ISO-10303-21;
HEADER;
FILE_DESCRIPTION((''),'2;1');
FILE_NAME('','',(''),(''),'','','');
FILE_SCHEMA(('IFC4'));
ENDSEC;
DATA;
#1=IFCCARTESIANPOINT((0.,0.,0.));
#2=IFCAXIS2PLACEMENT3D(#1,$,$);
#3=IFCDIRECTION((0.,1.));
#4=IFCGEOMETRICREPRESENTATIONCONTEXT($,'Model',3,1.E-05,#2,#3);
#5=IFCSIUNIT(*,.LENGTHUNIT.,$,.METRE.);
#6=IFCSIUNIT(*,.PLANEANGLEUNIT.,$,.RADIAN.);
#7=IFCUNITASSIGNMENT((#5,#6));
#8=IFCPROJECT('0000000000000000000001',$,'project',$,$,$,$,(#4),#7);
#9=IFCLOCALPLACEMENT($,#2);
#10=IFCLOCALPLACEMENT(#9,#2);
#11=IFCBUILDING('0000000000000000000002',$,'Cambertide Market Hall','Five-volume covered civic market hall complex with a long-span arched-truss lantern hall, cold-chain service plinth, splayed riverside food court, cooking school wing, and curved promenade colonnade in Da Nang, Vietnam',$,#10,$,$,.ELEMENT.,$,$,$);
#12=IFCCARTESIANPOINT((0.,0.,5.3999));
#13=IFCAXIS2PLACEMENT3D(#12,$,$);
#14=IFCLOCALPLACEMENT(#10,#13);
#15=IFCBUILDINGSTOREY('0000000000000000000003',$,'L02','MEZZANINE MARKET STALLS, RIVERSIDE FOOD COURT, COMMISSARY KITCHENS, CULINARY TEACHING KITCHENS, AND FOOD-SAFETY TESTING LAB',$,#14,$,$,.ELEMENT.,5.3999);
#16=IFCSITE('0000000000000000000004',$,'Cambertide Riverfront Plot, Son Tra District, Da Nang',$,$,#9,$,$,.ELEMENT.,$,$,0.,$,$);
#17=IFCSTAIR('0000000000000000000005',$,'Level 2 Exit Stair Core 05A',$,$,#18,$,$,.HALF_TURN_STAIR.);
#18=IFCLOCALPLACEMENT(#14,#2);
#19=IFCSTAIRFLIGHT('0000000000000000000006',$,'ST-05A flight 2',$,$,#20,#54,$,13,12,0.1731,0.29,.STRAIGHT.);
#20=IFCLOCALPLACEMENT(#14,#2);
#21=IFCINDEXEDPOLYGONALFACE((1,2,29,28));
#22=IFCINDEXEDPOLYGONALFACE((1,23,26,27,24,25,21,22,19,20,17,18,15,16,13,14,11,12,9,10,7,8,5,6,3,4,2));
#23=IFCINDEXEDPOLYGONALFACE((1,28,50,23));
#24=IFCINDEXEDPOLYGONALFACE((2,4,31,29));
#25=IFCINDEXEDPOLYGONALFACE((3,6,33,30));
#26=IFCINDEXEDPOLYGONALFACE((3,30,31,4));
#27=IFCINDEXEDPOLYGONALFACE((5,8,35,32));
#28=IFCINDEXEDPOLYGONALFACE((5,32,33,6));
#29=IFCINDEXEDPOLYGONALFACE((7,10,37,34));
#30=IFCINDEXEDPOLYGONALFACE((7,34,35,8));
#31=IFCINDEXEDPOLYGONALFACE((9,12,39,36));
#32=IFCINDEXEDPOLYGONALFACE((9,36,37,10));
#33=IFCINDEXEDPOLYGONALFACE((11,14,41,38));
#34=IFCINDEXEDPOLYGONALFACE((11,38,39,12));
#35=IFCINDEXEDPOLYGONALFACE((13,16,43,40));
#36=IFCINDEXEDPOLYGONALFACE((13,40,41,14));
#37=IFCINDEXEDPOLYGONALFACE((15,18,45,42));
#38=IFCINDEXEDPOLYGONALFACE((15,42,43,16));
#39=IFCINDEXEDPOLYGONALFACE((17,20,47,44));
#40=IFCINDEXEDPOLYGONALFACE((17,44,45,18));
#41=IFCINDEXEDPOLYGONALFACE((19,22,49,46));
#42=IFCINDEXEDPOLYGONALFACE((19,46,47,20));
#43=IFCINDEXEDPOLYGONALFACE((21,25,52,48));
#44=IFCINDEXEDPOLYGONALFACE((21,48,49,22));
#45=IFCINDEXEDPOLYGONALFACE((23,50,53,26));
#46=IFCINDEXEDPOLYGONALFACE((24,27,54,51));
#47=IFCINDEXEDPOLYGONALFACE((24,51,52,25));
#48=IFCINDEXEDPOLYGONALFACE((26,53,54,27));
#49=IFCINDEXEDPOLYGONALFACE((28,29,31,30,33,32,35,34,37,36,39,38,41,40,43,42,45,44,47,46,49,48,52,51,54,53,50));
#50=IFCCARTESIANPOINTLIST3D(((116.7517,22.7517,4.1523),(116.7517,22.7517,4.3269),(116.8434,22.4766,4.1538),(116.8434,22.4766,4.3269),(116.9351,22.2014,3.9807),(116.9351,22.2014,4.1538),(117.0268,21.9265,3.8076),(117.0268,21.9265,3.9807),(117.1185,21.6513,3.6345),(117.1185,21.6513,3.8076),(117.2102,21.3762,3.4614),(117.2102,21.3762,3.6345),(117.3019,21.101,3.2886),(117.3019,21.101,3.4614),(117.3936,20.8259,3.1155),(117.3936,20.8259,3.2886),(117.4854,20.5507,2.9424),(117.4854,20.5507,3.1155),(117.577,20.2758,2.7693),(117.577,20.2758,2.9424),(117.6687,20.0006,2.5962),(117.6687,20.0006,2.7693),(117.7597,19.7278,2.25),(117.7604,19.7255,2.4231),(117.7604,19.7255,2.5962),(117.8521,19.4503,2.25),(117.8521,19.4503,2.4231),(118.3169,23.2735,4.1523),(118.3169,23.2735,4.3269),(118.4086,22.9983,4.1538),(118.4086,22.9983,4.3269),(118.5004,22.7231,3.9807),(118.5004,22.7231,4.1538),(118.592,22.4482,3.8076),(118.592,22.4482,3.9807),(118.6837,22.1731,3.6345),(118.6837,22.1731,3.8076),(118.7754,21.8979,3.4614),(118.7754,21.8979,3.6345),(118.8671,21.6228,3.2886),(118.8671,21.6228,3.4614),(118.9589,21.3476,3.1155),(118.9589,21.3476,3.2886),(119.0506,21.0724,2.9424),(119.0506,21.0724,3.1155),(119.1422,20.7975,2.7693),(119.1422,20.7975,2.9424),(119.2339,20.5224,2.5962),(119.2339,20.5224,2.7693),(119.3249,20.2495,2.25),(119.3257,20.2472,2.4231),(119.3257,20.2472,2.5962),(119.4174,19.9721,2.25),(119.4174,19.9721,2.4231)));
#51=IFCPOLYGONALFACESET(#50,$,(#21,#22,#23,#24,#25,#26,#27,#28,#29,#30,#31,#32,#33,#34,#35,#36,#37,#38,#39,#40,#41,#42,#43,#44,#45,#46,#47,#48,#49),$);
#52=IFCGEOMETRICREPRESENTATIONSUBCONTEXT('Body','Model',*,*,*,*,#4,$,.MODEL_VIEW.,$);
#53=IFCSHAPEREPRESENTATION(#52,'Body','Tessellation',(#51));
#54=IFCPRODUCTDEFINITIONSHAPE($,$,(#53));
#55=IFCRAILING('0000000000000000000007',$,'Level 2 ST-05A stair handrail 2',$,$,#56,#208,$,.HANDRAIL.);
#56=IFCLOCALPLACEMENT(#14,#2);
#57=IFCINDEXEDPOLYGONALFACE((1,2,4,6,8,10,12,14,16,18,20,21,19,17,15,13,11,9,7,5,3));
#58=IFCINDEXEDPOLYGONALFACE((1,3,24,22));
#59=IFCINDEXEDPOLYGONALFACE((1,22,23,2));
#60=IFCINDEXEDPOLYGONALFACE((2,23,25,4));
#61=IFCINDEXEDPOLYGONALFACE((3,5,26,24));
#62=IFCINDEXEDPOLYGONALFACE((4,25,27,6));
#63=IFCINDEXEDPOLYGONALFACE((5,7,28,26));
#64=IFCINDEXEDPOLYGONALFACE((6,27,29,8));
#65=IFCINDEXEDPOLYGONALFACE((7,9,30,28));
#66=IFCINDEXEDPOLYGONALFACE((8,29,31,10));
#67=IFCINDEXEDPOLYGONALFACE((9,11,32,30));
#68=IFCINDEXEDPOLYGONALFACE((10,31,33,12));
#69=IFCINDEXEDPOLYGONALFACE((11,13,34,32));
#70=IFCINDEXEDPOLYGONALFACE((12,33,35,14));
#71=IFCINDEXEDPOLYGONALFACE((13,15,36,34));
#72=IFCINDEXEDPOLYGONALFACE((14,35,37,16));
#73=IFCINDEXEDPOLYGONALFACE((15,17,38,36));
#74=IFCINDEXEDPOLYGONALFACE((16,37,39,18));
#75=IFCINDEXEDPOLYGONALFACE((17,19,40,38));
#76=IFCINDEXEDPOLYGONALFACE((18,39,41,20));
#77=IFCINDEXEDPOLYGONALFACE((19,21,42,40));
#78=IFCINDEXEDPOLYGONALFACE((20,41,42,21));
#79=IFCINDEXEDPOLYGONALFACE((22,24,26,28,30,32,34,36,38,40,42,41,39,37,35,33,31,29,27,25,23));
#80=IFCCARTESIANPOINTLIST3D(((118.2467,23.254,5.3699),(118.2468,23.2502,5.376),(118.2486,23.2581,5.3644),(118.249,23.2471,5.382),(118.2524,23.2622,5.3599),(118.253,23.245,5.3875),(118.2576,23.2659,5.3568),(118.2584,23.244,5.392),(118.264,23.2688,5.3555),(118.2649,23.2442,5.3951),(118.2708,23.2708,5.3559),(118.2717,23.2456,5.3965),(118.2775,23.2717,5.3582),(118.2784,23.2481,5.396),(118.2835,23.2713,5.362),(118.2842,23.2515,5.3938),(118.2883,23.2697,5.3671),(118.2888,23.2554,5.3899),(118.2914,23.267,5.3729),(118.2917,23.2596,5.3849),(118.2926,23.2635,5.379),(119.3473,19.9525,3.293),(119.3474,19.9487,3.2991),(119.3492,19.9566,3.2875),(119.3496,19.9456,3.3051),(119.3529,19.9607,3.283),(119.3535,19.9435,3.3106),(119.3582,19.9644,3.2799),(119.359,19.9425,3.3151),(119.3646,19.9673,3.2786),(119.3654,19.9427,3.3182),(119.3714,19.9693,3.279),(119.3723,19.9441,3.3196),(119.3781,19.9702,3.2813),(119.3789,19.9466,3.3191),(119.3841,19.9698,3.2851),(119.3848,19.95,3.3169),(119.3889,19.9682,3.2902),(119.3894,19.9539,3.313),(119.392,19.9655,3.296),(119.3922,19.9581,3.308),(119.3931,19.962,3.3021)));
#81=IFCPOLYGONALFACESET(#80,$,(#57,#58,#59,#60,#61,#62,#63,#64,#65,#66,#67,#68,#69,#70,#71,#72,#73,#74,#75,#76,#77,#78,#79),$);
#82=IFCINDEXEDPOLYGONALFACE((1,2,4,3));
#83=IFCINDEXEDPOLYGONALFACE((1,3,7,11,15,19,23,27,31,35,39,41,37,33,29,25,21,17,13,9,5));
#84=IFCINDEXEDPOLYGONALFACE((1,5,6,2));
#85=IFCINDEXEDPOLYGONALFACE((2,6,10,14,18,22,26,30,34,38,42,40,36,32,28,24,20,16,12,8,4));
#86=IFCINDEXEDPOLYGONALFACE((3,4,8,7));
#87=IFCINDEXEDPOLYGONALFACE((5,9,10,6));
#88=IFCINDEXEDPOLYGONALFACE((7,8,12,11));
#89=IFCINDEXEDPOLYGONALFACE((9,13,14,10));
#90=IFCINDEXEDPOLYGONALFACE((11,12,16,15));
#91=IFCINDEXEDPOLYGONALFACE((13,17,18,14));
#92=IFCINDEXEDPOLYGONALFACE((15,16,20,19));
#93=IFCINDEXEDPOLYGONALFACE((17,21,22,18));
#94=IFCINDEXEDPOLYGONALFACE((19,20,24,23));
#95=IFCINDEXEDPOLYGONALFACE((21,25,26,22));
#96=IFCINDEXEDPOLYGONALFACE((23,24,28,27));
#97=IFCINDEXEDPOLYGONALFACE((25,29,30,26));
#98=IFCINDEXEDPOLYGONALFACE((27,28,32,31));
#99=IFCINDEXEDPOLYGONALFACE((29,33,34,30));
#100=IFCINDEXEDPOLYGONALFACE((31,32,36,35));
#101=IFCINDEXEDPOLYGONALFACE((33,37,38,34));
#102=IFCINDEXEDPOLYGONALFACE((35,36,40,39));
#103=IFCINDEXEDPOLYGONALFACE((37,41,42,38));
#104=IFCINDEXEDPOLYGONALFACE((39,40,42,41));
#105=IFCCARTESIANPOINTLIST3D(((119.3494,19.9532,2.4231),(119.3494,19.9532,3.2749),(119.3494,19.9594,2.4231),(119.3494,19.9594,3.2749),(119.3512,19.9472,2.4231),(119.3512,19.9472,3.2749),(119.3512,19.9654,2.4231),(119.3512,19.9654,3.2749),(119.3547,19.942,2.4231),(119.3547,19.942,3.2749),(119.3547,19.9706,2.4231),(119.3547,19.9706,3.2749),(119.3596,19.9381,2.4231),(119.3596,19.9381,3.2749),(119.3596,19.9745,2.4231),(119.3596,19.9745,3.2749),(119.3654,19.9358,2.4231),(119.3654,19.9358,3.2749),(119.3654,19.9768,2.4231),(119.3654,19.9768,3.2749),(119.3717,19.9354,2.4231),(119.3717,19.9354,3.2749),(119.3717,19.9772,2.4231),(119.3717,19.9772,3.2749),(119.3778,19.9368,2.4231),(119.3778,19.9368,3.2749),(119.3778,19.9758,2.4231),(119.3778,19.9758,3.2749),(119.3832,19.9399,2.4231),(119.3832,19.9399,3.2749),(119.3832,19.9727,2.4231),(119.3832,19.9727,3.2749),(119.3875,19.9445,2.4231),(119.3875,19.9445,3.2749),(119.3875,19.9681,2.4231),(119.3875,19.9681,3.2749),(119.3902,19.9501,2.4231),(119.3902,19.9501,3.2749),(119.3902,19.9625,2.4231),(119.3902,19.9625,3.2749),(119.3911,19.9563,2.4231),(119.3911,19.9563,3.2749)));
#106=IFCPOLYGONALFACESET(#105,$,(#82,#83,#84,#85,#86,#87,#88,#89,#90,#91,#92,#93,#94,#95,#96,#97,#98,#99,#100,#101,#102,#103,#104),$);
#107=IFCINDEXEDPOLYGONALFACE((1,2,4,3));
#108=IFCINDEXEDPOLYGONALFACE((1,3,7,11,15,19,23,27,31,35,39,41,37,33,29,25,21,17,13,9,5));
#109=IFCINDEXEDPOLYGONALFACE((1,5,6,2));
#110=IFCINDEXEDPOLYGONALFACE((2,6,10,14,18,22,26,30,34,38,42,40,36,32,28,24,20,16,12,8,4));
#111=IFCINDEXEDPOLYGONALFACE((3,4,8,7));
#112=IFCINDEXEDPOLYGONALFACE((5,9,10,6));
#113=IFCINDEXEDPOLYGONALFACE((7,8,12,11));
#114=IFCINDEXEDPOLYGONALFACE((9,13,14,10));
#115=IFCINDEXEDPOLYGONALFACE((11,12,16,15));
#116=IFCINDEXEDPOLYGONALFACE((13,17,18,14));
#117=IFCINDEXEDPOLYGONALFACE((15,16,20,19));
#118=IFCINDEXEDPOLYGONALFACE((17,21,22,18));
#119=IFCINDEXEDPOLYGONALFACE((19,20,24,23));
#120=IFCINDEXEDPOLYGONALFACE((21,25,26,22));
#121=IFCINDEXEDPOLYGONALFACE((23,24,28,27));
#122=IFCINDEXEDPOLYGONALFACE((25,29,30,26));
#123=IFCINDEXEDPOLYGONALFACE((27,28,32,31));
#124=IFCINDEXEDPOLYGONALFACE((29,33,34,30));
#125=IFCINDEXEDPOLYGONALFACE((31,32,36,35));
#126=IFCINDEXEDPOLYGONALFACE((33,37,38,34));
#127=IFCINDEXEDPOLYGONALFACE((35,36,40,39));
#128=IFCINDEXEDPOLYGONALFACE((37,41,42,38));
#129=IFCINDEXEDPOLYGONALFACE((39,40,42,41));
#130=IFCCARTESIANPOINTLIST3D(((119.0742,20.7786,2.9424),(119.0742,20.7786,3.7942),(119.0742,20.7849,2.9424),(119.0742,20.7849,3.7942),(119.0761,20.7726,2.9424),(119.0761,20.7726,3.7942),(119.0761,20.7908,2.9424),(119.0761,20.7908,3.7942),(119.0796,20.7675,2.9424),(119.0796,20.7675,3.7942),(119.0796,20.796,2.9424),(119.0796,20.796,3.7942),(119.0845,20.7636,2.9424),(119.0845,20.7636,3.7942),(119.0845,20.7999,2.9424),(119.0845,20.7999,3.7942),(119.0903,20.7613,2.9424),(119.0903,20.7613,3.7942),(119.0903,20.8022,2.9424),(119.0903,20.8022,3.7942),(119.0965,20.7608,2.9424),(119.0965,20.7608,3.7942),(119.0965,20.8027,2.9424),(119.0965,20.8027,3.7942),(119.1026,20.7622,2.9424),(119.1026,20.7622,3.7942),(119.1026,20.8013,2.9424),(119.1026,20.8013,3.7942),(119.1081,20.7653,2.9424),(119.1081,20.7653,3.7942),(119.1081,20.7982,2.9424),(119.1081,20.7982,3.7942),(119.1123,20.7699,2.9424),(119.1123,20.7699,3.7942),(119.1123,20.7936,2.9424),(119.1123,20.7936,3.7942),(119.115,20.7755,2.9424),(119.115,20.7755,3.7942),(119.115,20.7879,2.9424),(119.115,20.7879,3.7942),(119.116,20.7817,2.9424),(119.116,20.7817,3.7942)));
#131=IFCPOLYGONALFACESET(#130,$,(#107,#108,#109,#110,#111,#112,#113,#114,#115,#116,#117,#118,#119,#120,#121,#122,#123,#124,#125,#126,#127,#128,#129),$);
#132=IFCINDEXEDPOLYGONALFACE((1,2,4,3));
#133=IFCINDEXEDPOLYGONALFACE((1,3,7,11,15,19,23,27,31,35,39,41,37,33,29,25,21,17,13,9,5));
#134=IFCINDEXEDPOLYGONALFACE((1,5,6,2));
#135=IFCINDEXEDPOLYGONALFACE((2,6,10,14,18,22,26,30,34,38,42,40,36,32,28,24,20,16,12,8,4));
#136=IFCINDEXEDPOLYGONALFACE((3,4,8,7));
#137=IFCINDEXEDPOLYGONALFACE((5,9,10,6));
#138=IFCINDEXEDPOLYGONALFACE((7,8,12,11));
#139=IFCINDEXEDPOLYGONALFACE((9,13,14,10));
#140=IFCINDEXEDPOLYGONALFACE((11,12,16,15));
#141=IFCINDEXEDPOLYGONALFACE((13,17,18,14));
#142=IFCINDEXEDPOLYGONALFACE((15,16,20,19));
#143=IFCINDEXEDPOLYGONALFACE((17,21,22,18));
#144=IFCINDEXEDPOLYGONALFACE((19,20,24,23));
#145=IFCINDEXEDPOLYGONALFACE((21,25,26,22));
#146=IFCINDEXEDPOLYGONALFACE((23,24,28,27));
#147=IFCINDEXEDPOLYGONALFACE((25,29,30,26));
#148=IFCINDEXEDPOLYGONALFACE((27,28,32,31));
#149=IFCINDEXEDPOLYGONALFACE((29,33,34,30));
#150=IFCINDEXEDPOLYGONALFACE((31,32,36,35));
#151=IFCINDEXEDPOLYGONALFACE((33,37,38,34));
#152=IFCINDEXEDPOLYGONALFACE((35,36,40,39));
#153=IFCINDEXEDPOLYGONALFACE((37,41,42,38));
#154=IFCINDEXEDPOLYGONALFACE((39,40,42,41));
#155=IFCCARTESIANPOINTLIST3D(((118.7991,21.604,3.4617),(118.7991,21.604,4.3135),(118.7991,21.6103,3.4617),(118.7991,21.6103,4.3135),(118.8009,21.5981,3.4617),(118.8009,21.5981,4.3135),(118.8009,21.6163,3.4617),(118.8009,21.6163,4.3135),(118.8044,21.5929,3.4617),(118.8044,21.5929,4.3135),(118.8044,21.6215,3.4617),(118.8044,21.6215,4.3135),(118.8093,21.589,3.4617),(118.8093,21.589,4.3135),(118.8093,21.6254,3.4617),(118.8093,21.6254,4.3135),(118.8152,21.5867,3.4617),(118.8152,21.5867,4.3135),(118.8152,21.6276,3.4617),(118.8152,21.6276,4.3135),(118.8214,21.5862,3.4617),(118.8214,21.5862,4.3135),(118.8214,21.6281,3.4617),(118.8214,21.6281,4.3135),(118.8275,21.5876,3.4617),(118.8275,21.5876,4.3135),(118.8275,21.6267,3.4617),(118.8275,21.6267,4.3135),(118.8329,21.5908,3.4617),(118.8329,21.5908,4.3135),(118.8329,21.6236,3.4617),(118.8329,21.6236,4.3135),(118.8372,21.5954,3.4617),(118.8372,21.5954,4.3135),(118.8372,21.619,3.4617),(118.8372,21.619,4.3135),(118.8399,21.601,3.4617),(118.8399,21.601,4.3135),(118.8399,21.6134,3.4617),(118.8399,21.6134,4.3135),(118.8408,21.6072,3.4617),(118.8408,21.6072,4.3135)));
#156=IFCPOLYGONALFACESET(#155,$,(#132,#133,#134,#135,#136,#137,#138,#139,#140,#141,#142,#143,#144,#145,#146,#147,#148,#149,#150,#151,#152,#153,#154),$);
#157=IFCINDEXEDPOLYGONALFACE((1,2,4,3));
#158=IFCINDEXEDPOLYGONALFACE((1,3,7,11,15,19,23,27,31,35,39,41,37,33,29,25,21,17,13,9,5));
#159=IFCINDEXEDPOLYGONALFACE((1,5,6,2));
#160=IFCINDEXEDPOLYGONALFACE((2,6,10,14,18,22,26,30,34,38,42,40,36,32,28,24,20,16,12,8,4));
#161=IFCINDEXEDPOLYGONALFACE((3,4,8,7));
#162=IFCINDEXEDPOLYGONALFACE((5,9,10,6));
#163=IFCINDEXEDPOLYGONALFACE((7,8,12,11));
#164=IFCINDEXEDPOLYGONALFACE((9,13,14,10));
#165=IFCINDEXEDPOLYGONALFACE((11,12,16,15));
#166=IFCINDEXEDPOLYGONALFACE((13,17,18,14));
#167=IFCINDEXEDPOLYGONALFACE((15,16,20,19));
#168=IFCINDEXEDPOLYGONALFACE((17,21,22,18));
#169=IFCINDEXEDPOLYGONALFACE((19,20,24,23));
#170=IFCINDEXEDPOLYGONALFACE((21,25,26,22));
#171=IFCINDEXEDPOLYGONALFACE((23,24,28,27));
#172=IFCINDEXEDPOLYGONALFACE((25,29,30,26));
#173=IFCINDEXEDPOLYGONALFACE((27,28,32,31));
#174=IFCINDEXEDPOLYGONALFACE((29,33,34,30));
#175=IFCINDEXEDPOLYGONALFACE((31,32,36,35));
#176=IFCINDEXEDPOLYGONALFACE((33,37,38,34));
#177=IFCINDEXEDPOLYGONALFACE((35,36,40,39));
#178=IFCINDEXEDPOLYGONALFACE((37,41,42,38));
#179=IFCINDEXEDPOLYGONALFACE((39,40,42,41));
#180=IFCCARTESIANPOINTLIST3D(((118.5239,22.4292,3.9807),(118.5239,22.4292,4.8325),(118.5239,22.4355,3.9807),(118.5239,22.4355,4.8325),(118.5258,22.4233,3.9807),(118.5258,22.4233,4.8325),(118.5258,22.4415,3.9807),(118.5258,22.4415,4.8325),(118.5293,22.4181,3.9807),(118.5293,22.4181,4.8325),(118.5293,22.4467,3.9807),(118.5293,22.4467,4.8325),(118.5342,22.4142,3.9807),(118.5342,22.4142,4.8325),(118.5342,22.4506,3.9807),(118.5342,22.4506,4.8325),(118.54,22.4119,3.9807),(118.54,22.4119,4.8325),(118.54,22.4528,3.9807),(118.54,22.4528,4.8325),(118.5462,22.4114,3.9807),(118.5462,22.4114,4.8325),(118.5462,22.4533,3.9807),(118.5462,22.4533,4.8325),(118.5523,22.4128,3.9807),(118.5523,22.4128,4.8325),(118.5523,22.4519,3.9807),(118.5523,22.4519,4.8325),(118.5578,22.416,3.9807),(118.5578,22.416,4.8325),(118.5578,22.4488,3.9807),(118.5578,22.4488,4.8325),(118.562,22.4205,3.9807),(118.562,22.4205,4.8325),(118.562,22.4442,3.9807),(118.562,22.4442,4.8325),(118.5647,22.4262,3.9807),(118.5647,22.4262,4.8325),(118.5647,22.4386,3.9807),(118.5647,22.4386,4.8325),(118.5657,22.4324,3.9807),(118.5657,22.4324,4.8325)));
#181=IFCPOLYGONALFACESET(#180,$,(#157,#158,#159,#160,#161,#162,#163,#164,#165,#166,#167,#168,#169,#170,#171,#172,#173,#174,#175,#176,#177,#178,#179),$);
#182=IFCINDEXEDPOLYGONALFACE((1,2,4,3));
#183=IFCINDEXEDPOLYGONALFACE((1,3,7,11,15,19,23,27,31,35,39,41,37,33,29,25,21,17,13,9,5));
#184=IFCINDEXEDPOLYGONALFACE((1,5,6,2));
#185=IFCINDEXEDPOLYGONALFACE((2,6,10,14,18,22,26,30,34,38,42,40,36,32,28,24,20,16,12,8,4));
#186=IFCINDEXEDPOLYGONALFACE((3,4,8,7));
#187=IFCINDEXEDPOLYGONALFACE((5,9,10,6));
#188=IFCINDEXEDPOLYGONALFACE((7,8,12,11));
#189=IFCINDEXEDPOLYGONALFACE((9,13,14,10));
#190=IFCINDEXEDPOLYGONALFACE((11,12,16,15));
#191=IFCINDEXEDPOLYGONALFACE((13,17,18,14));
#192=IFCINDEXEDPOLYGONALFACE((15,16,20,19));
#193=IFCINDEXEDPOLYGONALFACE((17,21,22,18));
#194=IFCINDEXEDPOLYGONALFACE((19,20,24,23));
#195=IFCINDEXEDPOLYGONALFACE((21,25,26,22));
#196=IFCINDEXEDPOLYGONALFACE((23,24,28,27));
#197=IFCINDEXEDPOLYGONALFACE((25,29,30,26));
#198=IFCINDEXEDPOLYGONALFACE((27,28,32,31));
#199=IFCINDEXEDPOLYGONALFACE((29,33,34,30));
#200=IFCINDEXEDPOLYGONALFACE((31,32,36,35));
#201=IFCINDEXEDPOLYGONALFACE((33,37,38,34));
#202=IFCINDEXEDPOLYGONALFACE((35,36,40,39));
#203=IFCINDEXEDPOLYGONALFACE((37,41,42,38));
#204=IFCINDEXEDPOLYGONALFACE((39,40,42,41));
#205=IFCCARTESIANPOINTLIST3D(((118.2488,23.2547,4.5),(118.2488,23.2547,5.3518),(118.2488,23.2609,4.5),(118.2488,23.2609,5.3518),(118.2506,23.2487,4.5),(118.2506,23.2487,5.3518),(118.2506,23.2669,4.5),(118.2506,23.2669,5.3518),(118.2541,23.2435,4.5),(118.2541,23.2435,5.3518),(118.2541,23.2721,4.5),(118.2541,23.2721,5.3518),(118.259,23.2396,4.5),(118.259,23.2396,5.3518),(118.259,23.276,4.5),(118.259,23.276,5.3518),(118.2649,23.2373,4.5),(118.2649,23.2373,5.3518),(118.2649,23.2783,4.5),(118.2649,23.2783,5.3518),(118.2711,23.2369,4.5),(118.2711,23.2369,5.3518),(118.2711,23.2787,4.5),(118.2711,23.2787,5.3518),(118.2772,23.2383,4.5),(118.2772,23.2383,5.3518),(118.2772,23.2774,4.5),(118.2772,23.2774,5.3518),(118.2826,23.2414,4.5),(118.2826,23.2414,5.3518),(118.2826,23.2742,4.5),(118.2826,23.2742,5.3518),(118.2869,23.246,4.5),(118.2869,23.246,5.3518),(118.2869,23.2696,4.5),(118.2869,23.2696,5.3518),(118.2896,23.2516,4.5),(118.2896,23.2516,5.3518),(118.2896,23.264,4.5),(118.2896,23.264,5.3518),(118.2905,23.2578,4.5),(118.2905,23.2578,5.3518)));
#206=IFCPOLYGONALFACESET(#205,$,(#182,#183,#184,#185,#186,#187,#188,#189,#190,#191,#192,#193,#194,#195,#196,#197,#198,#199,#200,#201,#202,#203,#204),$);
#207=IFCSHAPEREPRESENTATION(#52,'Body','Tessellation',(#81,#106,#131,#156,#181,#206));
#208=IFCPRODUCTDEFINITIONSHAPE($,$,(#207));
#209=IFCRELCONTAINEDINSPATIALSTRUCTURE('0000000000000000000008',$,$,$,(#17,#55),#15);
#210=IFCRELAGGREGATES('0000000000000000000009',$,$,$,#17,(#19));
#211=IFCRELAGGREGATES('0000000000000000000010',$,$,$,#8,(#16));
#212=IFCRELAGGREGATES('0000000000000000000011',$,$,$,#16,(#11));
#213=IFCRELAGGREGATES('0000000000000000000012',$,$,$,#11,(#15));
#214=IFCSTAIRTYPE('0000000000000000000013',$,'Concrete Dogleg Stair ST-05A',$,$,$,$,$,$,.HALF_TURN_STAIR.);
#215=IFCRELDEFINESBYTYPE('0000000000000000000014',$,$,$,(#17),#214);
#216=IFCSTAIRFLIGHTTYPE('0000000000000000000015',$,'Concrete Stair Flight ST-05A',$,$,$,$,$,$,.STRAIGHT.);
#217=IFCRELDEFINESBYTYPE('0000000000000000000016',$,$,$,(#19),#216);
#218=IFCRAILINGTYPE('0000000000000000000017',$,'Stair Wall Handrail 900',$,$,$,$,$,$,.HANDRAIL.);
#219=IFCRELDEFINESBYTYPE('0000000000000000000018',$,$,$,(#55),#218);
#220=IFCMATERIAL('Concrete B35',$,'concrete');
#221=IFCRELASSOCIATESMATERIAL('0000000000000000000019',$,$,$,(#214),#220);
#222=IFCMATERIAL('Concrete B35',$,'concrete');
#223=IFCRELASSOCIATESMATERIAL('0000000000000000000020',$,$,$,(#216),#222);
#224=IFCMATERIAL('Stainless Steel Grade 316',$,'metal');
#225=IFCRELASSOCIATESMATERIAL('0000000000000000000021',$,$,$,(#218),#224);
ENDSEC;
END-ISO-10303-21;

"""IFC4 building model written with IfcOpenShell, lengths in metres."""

from ifc_helpers import new_model, si_unit, direction, frame, origin, origin_2d, place, context, subcontext, project, spatial, polyline, circle, outline, extrude, material, type_object, element, aggregate, save


model = new_model("IFC4")

# Units and contexts
model_context = context("Model", 3, precision=1e-05, world=origin(), true_north=direction((0.0, 1.0)))
body_context = subcontext(model_context, "Body", "Model", "MODEL_VIEW")
ifc_project = project(units=[si_unit("LENGTHUNIT", "METRE"), si_unit("PLANEANGLEUNIT", "RADIAN")], contexts=[model_context])

# Site, building, storey
site_placement = place(None, origin())
site = spatial("IfcSite", under=ifc_project, at=site_placement, Name="Cambertide Riverfront Plot, Son Tra District, Da Nang", CompositionType="ELEMENT", RefElevation=0.0)
building_placement = place(site_placement, origin())
building = spatial("IfcBuilding", under=site, at=building_placement, Name="Cambertide Market Hall", Description="Five-volume covered civic market hall complex with a long-span arched-truss lantern hall, cold-chain service plinth, splayed riverside food court, cooking school wing, and curved promenade colonnade in Da Nang, Vietnam", CompositionType="ELEMENT")
storey_placement = place(building_placement, frame((0.0, 0.0, 5.3999)))
storey = spatial("IfcBuildingStorey", under=building, at=storey_placement, Name="L02", Description="MEZZANINE MARKET STALLS, RIVERSIDE FOOD COURT, COMMISSARY KITCHENS, CULINARY TEACHING KITCHENS, AND FOOD-SAFETY TESTING LAB", CompositionType="ELEMENT", Elevation=5.3999)

# Stair, stair flight
ifc_material_1 = material(Name="Concrete B35", Category="concrete")
stair_type = type_object("IfcStairType", Name="Concrete Dogleg Stair ST-05A", PredefinedType="HALF_TURN_STAIR", material=ifc_material_1)
stair_placement = place(storey_placement, origin())
stair = element("IfcStair", 1, at=stair_placement, inside=storey, type_object=stair_type, Name="Level 2 Exit Stair Core 05A", PredefinedType="HALF_TURN_STAIR")
ifc_material_2 = material(Name="Concrete B35", Category="concrete")
stair_flight_type = type_object("IfcStairFlightType", Name="Concrete Stair Flight ST-05A", PredefinedType="STRAIGHT", material=ifc_material_2)
stair_flight_placement = place(storey_placement, frame((118.6348, 19.7112, 2.25), z_axis=(0.0, 0.0, 1.0), x_axis=(-0.316228, 0.948683, 0.0)))
stair_flight = element("IfcStairFlight", 2, at=stair_flight_placement, type_object=stair_flight_type, Name="ST-05A flight 2", NumberOfRisers=13, NumberOfTreads=12, PredefinedType="STRAIGHT", RiserHeight=0.1731, TreadLength=0.29, context=body_context, shape_type="SweptSolid", body=[
    extrude(outline(polyline([(0.0, 0.0), (0.0, 0.1731), (0.29, 0.1731), (0.29, 0.3462), (0.5801, 0.3462), (0.5801, 0.5193), (0.8701, 0.5193), (0.8701, 0.6924), (1.1599, 0.6924), (1.1599, 0.8655), (1.45, 0.8655), (1.45, 1.0386), (1.74, 1.0386), (1.74, 1.2114), (2.03, 1.2114), (2.03, 1.3845), (2.3201, 1.3845), (2.3201, 1.5576), (2.6101, 1.5576), (2.6101, 1.7307), (2.8999, 1.7307), (2.8999, 1.9038), (3.1899, 1.9038), (3.1899, 2.0769), (3.48, 2.0769), (3.48, 2.25), (3.48, 1.9023), (0.2925, 0.0), (0.0, 0.0)])), frame((0.0, 0.825, 0.0), z_axis=(0.0, -1.0, 0.0), x_axis=(1.0, 0.0, 0.0)), (0.0, 0.0, 1.0), 1.6499),
])
aggregate(stair, [stair_flight])

# Railing
ifc_material_3 = material(Name="Stainless Steel Grade 316", Category="metal")
railing_type_1 = type_object("IfcRailingType", Name="Stair Wall Handrail 900", PredefinedType="HANDRAIL", material=ifc_material_3)
railing_1_placement = place(storey_placement, frame((119.3701, 19.9563, 2.4231)))
element("IfcRailing", 3, at=railing_1_placement, inside=storey, type_object=railing_type_1, Name="Level 2 ST-05A stair handrail 2", PredefinedType="HANDRAIL", context=body_context, shape_type="SweptSolid", body=[
    extrude(circle(Radius=0.0239, at=origin_2d()), frame((0.0, 0.0, 0.876), z_axis=(-0.271565, 0.814635, 0.512467), x_axis=(-0.948676, -0.316249, 0.0)), (0.0, 0.0, 1.0), 4.0527),
    extrude(circle(Radius=0.021, at=origin_2d()), origin(), (0.0, 0.0, 1.0), 0.8518),
    extrude(circle(Radius=0.021, at=origin_2d()), frame((-0.2751, 0.8254, 0.5193)), (0.0, 0.0, 1.0), 0.8518),
    extrude(circle(Radius=0.021, at=origin_2d()), frame((-0.5503, 1.6509, 1.0386)), (0.0, 0.0, 1.0), 0.8518),
    extrude(circle(Radius=0.021, at=origin_2d()), frame((-0.8254, 2.4761, 1.5576)), (0.0, 0.0, 1.0), 0.8518),
    extrude(circle(Radius=0.021, at=origin_2d()), frame((-1.1006, 3.3015, 2.0769)), (0.0, 0.0, 1.0), 0.8518),
])

save(model, "model.ifc")
